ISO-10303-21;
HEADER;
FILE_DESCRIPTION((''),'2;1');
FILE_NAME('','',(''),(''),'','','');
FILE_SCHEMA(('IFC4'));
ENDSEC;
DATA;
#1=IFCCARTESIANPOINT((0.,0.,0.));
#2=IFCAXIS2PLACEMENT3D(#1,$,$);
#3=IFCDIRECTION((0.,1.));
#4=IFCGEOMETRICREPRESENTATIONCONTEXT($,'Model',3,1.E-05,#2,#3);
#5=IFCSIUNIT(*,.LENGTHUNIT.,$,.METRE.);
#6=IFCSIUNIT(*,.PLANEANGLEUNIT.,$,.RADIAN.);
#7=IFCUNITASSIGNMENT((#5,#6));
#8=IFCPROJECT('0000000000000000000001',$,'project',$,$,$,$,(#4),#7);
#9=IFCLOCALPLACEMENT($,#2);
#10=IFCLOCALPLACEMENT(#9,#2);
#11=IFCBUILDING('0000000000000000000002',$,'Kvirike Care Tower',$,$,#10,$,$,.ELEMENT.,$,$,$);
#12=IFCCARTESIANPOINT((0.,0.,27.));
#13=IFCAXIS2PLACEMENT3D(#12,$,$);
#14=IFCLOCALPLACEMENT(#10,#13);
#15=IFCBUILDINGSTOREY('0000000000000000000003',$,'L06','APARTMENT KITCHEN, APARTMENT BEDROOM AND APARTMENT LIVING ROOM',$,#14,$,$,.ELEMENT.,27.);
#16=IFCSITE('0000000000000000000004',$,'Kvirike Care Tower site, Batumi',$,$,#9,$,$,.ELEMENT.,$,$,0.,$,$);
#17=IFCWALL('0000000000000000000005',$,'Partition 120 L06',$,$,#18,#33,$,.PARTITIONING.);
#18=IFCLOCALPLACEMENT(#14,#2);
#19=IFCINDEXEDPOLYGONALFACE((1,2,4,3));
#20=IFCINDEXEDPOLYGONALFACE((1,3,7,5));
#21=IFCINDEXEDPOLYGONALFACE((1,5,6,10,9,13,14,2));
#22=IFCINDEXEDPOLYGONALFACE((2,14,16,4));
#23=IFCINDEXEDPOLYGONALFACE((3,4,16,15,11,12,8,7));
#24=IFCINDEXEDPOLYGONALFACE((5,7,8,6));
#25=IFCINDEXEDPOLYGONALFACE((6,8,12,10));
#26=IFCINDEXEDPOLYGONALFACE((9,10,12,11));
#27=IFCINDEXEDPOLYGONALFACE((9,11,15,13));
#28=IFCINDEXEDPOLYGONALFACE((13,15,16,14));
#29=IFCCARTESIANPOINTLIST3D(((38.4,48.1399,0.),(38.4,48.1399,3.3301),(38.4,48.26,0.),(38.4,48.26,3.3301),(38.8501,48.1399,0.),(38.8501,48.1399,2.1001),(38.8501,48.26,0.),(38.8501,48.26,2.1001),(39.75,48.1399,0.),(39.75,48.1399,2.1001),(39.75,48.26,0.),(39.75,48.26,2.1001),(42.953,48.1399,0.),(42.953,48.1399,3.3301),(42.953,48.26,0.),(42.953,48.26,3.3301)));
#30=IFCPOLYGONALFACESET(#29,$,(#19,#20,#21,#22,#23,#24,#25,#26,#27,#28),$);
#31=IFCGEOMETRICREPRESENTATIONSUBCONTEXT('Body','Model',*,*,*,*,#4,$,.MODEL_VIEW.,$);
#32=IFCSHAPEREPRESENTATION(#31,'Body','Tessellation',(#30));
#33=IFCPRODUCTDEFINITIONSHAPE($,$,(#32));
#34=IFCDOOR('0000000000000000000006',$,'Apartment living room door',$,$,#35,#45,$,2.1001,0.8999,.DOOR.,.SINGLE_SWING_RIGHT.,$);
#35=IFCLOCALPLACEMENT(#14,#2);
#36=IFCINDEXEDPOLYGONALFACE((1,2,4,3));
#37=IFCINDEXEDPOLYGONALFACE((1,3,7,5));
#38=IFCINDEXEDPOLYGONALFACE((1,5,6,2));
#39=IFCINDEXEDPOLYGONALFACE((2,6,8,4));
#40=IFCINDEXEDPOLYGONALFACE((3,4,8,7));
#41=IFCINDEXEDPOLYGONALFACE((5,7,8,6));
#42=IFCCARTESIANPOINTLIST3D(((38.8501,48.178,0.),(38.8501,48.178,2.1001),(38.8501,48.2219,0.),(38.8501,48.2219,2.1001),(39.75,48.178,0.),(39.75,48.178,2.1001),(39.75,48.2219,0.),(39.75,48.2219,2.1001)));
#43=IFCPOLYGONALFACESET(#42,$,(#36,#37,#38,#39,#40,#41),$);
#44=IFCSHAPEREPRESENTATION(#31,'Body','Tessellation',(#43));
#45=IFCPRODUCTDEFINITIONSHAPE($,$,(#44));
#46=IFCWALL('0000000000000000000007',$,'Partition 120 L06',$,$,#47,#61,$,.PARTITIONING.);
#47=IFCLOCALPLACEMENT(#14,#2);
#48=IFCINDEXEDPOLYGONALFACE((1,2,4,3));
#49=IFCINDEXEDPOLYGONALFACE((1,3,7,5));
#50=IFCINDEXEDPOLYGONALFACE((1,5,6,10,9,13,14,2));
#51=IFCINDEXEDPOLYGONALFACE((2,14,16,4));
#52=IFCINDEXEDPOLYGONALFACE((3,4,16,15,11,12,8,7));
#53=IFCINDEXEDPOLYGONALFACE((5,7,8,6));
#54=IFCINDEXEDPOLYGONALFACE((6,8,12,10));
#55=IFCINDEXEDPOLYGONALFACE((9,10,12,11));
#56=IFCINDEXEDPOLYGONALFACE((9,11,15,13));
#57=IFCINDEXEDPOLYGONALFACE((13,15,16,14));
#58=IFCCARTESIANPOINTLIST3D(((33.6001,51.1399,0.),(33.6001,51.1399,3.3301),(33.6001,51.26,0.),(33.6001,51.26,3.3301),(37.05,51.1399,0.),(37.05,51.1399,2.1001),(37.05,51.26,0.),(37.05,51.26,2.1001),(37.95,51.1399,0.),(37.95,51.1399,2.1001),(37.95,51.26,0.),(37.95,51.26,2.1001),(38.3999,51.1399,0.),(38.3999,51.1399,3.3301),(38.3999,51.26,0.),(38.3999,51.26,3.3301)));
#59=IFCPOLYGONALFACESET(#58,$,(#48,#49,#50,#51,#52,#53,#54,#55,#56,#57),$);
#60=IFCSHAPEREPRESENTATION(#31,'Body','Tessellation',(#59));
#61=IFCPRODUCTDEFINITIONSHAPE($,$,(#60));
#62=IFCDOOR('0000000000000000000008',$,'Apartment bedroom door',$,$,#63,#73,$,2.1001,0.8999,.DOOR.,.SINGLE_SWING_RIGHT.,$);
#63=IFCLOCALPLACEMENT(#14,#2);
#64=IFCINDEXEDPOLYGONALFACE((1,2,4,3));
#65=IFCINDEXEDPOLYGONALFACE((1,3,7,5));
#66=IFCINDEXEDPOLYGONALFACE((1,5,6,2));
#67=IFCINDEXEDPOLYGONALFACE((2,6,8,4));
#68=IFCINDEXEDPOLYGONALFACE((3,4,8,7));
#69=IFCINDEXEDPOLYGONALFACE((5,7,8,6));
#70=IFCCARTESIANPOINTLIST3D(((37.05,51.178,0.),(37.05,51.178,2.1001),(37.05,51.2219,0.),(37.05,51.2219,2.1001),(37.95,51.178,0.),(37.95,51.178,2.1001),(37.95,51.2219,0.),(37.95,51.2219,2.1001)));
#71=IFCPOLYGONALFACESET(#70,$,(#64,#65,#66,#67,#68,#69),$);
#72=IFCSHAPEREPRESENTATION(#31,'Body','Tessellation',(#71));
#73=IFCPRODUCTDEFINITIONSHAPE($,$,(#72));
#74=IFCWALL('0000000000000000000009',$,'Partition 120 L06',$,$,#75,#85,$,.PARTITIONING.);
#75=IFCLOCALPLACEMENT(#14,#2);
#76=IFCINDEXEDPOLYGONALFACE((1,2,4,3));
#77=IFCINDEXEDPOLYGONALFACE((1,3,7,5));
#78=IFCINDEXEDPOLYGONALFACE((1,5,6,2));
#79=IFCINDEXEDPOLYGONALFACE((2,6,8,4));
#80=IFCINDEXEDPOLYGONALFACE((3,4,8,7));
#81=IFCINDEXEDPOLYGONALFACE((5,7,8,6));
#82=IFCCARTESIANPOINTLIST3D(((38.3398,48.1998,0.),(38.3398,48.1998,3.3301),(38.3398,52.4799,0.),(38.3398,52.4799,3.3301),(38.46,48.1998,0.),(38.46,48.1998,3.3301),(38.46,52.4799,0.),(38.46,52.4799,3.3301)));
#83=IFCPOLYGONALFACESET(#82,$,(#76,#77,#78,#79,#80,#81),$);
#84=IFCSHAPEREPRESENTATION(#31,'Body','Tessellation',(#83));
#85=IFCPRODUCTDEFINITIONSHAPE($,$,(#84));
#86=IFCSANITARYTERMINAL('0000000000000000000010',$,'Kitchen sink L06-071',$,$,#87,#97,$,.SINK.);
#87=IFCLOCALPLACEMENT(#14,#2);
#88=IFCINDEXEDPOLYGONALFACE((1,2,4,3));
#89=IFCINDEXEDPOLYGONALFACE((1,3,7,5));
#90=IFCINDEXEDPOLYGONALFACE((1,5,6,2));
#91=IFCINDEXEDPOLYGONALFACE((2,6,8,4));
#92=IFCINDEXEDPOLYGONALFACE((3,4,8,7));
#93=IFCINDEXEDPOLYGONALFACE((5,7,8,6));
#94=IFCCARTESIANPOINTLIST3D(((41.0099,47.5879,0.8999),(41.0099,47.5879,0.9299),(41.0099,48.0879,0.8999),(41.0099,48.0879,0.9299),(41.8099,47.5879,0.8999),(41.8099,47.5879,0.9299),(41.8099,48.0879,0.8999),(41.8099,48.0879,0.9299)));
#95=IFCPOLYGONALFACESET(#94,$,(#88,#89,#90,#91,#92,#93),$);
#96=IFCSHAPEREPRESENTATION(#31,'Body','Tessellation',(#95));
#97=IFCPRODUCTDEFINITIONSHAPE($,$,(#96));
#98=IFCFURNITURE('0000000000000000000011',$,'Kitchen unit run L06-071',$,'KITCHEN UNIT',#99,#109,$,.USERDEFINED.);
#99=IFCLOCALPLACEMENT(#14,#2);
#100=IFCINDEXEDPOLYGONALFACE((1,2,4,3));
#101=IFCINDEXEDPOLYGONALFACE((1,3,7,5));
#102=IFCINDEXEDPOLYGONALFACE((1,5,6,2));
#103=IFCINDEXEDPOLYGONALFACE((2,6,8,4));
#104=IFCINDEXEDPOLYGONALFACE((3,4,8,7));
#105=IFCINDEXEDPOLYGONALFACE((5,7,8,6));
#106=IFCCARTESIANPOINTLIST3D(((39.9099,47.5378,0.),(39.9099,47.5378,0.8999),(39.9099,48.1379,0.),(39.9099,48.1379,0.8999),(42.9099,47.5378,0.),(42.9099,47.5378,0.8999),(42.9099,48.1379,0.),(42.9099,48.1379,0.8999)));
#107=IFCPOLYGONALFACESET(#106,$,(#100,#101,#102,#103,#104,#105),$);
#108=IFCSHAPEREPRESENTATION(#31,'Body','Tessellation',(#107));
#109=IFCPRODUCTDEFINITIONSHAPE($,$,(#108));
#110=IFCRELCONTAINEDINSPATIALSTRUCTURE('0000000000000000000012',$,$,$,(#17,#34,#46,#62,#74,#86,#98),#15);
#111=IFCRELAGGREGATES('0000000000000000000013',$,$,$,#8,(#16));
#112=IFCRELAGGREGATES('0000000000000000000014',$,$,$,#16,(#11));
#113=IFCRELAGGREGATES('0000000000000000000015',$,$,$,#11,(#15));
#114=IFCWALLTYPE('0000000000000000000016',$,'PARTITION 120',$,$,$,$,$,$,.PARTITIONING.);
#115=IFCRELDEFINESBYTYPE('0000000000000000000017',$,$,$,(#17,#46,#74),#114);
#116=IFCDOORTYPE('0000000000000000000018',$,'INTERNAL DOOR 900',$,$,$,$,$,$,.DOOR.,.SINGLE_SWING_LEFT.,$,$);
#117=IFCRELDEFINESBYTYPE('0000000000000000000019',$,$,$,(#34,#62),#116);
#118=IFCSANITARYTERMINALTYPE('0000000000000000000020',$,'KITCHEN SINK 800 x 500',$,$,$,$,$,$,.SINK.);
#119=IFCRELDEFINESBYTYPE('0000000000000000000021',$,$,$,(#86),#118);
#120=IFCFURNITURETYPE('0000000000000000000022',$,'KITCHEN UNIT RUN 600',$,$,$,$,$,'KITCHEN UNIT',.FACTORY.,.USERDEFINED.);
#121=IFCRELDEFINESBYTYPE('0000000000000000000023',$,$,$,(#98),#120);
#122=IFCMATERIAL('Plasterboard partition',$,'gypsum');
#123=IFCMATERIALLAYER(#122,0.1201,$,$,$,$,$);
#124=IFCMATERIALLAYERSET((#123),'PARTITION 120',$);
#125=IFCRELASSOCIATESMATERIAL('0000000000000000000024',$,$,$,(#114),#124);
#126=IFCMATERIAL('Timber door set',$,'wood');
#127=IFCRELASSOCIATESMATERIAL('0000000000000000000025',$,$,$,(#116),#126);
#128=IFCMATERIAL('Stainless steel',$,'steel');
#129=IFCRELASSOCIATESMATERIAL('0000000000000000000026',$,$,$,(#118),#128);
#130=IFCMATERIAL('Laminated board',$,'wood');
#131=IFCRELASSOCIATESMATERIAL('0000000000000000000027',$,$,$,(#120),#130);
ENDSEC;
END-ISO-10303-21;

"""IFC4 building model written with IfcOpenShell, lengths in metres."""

from ifc_helpers import new_model, si_unit, direction, frame, frame_2d, origin, origin_2d, place, context, subcontext, project, spatial, rectangle, extrude, material, layer, layer_set, type_object, element, fill, save


model = new_model("IFC4")

# Units and contexts
model_context = context("Model", 3, precision=1e-05, world=origin(), true_north=direction((0.0, 1.0)))
body_context = subcontext(model_context, "Body", "Model", "MODEL_VIEW")
ifc_project = project(units=[si_unit("LENGTHUNIT", "METRE"), si_unit("PLANEANGLEUNIT", "RADIAN")], contexts=[model_context])

# Site, building, storey
site_placement = place(None, origin())
site = spatial("IfcSite", under=ifc_project, at=site_placement, Name="Kvirike Care Tower site, Batumi", CompositionType="ELEMENT", RefElevation=0.0)
building_placement = place(site_placement, origin())
building = spatial("IfcBuilding", under=site, at=building_placement, Name="Kvirike Care Tower", CompositionType="ELEMENT")
storey_placement = place(building_placement, frame((0.0, 0.0, 27.0)))
storey = spatial("IfcBuildingStorey", under=building, at=storey_placement, Name="L06", Description="APARTMENT KITCHEN, APARTMENT BEDROOM AND APARTMENT LIVING ROOM", CompositionType="ELEMENT", Elevation=27.0)

# Walls, openings, doors
ifc_material_1 = material(Name="Plasterboard partition", Category="gypsum")
ifc_layer_1 = layer(ifc_material_1, 0.1201)
ifc_layer_set_1 = layer_set([ifc_layer_1], Name="PARTITION 120")
wall_type_1 = type_object("IfcWallType", Name="PARTITION 120", PredefinedType="PARTITIONING", material=ifc_layer_set_1)
ifc_material_2 = material(Name="Timber door set", Category="wood")
door_type_1 = type_object("IfcDoorType", Name="INTERNAL DOOR 900", OperationType="SINGLE_SWING_LEFT", PredefinedType="DOOR", material=ifc_material_2)
wall_1_placement = place(storey_placement, frame((42.9529, 48.2, 0.0), z_axis=(0.0, 0.0, 1.0), x_axis=(-1.0, 0.0, 0.0)))
wall_1 = element("IfcWall", 1, at=wall_1_placement, inside=storey, type_object=wall_type_1, Name="Partition 120 L06", PredefinedType="PARTITIONING", context=body_context, shape_type="SweptSolid", body=[
    extrude(rectangle(XDim=4.553, YDim=0.1201, at=frame_2d((2.2764, 0.0))), origin(), (0.0, 0.0, 1.0), 3.3301),
])
opening_1_placement = place(wall_1_placement, frame((3.2029, 0.0, 0.0)))
opening_1 = element("IfcOpeningElement", 2, at=opening_1_placement, cuts=wall_1, PredefinedType="OPENING", context=body_context, shape_type="SweptSolid", body=[
    extrude(rectangle(XDim=0.8999, YDim=2.1001, at=frame_2d((0.45, 1.05))), frame((0.0, 0.0706, 0.0), z_axis=(0.0, -1.0, 0.0), x_axis=(1.0, 0.0, 0.0)), (0.0, 0.0, 1.0), 0.1411),
])
door_1_placement = place(opening_1_placement, frame((0.8999, 0.0, 0.0), z_axis=(0.0, 0.0, 1.0), x_axis=(-1.0, 0.0, 0.0)))
door_1 = element("IfcDoor", 3, at=door_1_placement, inside=storey, type_object=door_type_1, Name="Apartment living room door", OperationType="SINGLE_SWING_RIGHT", OverallHeight=2.1001, OverallWidth=0.8999, PredefinedType="DOOR", context=body_context, shape_type="SweptSolid", body=[
    extrude(rectangle(XDim=0.8999, YDim=2.1001, at=frame_2d((0.45, 1.05))), frame((0.0, 0.022, 0.0), z_axis=(0.0, -1.0, 0.0), x_axis=(1.0, 0.0, 0.0)), (0.0, 0.0, 1.0), 0.0439),
])
fill(opening_1, door_1)
wall_2_placement = place(storey_placement, frame((38.3999, 51.2, 0.0), z_axis=(0.0, 0.0, 1.0), x_axis=(-1.0, 0.0, 0.0)))
wall_2 = element("IfcWall", 4, at=wall_2_placement, inside=storey, type_object=wall_type_1, Name="Partition 120 L06", PredefinedType="PARTITIONING", context=body_context, shape_type="SweptSolid", body=[
    extrude(rectangle(XDim=4.7998, YDim=0.1201, at=frame_2d((2.3999, 0.0))), origin(), (0.0, 0.0, 1.0), 3.3301),
])
opening_2_placement = place(wall_2_placement, frame((0.45, 0.0, 0.0)))
opening_2 = element("IfcOpeningElement", 5, at=opening_2_placement, cuts=wall_2, PredefinedType="OPENING", context=body_context, shape_type="SweptSolid", body=[
    extrude(rectangle(XDim=0.8999, YDim=2.1001, at=frame_2d((0.45, 1.05))), frame((0.0, 0.0706, 0.0), z_axis=(0.0, -1.0, 0.0), x_axis=(1.0, 0.0, 0.0)), (0.0, 0.0, 1.0), 0.1411),
])
door_2_placement = place(opening_2_placement, origin())
door_2 = element("IfcDoor", 6, at=door_2_placement, inside=storey, type_object=door_type_1, Name="Apartment bedroom door", OperationType="SINGLE_SWING_RIGHT", OverallHeight=2.1001, OverallWidth=0.8999, PredefinedType="DOOR", context=body_context, shape_type="SweptSolid", body=[
    extrude(rectangle(XDim=0.8999, YDim=2.1001, at=frame_2d((0.45, 1.05))), frame((0.0, 0.022, 0.0), z_axis=(0.0, -1.0, 0.0), x_axis=(1.0, 0.0, 0.0)), (0.0, 0.0, 1.0), 0.0439),
])
fill(opening_2, door_2)

# Wall
wall_3_placement = place(storey_placement, frame((38.3999, 52.48, 0.0), z_axis=(0.0, 0.0, 1.0), x_axis=(0.0, -1.0, 0.0)))
element("IfcWall", 7, at=wall_3_placement, inside=storey, type_object=wall_type_1, Name="Partition 120 L06", PredefinedType="PARTITIONING", context=body_context, shape_type="SweptSolid", body=[
    extrude(rectangle(XDim=4.28, YDim=0.1201, at=frame_2d((2.1401, 0.0))), origin(), (0.0, 0.0, 1.0), 3.3301),
])

# Sanitary terminal
ifc_material_3 = material(Name="Stainless steel", Category="steel")
sanitary_terminal_type = type_object("IfcSanitaryTerminalType", Name="KITCHEN SINK 800 x 500", PredefinedType="SINK", material=ifc_material_3)
sanitary_terminal_placement = place(storey_placement, frame((41.4099, 47.8379, 0.8999), z_axis=(0.0, 0.0, 1.0), x_axis=(1.0, 0.0, 0.0)))
element("IfcSanitaryTerminal", 8, at=sanitary_terminal_placement, inside=storey, type_object=sanitary_terminal_type, Name="Kitchen sink L06-071", PredefinedType="SINK", context=body_context, shape_type="SweptSolid", body=[
    extrude(rectangle(XDim=0.8, YDim=0.5, at=origin_2d()), origin(), (0.0, 0.0, 1.0), 0.03),
])

# Furniture
ifc_material_4 = material(Name="Laminated board", Category="wood")
furniture_type = type_object("IfcFurnitureType", Name="KITCHEN UNIT RUN 600", ElementType="KITCHEN UNIT", AssemblyPlace="FACTORY", PredefinedType="USERDEFINED", material=ifc_material_4)
furniture_placement = place(storey_placement, frame((41.4099, 47.8379, 0.0), z_axis=(0.0, 0.0, 1.0), x_axis=(1.0, 0.0, 0.0)))
element("IfcFurniture", 9, at=furniture_placement, inside=storey, type_object=furniture_type, Name="Kitchen unit run L06-071", ObjectType="KITCHEN UNIT", PredefinedType="USERDEFINED", context=body_context, shape_type="SweptSolid", body=[
    extrude(rectangle(XDim=3.0, YDim=0.6001, at=origin_2d()), origin(), (0.0, 0.0, 1.0), 0.8999),
])

save(model, "model.ifc")
